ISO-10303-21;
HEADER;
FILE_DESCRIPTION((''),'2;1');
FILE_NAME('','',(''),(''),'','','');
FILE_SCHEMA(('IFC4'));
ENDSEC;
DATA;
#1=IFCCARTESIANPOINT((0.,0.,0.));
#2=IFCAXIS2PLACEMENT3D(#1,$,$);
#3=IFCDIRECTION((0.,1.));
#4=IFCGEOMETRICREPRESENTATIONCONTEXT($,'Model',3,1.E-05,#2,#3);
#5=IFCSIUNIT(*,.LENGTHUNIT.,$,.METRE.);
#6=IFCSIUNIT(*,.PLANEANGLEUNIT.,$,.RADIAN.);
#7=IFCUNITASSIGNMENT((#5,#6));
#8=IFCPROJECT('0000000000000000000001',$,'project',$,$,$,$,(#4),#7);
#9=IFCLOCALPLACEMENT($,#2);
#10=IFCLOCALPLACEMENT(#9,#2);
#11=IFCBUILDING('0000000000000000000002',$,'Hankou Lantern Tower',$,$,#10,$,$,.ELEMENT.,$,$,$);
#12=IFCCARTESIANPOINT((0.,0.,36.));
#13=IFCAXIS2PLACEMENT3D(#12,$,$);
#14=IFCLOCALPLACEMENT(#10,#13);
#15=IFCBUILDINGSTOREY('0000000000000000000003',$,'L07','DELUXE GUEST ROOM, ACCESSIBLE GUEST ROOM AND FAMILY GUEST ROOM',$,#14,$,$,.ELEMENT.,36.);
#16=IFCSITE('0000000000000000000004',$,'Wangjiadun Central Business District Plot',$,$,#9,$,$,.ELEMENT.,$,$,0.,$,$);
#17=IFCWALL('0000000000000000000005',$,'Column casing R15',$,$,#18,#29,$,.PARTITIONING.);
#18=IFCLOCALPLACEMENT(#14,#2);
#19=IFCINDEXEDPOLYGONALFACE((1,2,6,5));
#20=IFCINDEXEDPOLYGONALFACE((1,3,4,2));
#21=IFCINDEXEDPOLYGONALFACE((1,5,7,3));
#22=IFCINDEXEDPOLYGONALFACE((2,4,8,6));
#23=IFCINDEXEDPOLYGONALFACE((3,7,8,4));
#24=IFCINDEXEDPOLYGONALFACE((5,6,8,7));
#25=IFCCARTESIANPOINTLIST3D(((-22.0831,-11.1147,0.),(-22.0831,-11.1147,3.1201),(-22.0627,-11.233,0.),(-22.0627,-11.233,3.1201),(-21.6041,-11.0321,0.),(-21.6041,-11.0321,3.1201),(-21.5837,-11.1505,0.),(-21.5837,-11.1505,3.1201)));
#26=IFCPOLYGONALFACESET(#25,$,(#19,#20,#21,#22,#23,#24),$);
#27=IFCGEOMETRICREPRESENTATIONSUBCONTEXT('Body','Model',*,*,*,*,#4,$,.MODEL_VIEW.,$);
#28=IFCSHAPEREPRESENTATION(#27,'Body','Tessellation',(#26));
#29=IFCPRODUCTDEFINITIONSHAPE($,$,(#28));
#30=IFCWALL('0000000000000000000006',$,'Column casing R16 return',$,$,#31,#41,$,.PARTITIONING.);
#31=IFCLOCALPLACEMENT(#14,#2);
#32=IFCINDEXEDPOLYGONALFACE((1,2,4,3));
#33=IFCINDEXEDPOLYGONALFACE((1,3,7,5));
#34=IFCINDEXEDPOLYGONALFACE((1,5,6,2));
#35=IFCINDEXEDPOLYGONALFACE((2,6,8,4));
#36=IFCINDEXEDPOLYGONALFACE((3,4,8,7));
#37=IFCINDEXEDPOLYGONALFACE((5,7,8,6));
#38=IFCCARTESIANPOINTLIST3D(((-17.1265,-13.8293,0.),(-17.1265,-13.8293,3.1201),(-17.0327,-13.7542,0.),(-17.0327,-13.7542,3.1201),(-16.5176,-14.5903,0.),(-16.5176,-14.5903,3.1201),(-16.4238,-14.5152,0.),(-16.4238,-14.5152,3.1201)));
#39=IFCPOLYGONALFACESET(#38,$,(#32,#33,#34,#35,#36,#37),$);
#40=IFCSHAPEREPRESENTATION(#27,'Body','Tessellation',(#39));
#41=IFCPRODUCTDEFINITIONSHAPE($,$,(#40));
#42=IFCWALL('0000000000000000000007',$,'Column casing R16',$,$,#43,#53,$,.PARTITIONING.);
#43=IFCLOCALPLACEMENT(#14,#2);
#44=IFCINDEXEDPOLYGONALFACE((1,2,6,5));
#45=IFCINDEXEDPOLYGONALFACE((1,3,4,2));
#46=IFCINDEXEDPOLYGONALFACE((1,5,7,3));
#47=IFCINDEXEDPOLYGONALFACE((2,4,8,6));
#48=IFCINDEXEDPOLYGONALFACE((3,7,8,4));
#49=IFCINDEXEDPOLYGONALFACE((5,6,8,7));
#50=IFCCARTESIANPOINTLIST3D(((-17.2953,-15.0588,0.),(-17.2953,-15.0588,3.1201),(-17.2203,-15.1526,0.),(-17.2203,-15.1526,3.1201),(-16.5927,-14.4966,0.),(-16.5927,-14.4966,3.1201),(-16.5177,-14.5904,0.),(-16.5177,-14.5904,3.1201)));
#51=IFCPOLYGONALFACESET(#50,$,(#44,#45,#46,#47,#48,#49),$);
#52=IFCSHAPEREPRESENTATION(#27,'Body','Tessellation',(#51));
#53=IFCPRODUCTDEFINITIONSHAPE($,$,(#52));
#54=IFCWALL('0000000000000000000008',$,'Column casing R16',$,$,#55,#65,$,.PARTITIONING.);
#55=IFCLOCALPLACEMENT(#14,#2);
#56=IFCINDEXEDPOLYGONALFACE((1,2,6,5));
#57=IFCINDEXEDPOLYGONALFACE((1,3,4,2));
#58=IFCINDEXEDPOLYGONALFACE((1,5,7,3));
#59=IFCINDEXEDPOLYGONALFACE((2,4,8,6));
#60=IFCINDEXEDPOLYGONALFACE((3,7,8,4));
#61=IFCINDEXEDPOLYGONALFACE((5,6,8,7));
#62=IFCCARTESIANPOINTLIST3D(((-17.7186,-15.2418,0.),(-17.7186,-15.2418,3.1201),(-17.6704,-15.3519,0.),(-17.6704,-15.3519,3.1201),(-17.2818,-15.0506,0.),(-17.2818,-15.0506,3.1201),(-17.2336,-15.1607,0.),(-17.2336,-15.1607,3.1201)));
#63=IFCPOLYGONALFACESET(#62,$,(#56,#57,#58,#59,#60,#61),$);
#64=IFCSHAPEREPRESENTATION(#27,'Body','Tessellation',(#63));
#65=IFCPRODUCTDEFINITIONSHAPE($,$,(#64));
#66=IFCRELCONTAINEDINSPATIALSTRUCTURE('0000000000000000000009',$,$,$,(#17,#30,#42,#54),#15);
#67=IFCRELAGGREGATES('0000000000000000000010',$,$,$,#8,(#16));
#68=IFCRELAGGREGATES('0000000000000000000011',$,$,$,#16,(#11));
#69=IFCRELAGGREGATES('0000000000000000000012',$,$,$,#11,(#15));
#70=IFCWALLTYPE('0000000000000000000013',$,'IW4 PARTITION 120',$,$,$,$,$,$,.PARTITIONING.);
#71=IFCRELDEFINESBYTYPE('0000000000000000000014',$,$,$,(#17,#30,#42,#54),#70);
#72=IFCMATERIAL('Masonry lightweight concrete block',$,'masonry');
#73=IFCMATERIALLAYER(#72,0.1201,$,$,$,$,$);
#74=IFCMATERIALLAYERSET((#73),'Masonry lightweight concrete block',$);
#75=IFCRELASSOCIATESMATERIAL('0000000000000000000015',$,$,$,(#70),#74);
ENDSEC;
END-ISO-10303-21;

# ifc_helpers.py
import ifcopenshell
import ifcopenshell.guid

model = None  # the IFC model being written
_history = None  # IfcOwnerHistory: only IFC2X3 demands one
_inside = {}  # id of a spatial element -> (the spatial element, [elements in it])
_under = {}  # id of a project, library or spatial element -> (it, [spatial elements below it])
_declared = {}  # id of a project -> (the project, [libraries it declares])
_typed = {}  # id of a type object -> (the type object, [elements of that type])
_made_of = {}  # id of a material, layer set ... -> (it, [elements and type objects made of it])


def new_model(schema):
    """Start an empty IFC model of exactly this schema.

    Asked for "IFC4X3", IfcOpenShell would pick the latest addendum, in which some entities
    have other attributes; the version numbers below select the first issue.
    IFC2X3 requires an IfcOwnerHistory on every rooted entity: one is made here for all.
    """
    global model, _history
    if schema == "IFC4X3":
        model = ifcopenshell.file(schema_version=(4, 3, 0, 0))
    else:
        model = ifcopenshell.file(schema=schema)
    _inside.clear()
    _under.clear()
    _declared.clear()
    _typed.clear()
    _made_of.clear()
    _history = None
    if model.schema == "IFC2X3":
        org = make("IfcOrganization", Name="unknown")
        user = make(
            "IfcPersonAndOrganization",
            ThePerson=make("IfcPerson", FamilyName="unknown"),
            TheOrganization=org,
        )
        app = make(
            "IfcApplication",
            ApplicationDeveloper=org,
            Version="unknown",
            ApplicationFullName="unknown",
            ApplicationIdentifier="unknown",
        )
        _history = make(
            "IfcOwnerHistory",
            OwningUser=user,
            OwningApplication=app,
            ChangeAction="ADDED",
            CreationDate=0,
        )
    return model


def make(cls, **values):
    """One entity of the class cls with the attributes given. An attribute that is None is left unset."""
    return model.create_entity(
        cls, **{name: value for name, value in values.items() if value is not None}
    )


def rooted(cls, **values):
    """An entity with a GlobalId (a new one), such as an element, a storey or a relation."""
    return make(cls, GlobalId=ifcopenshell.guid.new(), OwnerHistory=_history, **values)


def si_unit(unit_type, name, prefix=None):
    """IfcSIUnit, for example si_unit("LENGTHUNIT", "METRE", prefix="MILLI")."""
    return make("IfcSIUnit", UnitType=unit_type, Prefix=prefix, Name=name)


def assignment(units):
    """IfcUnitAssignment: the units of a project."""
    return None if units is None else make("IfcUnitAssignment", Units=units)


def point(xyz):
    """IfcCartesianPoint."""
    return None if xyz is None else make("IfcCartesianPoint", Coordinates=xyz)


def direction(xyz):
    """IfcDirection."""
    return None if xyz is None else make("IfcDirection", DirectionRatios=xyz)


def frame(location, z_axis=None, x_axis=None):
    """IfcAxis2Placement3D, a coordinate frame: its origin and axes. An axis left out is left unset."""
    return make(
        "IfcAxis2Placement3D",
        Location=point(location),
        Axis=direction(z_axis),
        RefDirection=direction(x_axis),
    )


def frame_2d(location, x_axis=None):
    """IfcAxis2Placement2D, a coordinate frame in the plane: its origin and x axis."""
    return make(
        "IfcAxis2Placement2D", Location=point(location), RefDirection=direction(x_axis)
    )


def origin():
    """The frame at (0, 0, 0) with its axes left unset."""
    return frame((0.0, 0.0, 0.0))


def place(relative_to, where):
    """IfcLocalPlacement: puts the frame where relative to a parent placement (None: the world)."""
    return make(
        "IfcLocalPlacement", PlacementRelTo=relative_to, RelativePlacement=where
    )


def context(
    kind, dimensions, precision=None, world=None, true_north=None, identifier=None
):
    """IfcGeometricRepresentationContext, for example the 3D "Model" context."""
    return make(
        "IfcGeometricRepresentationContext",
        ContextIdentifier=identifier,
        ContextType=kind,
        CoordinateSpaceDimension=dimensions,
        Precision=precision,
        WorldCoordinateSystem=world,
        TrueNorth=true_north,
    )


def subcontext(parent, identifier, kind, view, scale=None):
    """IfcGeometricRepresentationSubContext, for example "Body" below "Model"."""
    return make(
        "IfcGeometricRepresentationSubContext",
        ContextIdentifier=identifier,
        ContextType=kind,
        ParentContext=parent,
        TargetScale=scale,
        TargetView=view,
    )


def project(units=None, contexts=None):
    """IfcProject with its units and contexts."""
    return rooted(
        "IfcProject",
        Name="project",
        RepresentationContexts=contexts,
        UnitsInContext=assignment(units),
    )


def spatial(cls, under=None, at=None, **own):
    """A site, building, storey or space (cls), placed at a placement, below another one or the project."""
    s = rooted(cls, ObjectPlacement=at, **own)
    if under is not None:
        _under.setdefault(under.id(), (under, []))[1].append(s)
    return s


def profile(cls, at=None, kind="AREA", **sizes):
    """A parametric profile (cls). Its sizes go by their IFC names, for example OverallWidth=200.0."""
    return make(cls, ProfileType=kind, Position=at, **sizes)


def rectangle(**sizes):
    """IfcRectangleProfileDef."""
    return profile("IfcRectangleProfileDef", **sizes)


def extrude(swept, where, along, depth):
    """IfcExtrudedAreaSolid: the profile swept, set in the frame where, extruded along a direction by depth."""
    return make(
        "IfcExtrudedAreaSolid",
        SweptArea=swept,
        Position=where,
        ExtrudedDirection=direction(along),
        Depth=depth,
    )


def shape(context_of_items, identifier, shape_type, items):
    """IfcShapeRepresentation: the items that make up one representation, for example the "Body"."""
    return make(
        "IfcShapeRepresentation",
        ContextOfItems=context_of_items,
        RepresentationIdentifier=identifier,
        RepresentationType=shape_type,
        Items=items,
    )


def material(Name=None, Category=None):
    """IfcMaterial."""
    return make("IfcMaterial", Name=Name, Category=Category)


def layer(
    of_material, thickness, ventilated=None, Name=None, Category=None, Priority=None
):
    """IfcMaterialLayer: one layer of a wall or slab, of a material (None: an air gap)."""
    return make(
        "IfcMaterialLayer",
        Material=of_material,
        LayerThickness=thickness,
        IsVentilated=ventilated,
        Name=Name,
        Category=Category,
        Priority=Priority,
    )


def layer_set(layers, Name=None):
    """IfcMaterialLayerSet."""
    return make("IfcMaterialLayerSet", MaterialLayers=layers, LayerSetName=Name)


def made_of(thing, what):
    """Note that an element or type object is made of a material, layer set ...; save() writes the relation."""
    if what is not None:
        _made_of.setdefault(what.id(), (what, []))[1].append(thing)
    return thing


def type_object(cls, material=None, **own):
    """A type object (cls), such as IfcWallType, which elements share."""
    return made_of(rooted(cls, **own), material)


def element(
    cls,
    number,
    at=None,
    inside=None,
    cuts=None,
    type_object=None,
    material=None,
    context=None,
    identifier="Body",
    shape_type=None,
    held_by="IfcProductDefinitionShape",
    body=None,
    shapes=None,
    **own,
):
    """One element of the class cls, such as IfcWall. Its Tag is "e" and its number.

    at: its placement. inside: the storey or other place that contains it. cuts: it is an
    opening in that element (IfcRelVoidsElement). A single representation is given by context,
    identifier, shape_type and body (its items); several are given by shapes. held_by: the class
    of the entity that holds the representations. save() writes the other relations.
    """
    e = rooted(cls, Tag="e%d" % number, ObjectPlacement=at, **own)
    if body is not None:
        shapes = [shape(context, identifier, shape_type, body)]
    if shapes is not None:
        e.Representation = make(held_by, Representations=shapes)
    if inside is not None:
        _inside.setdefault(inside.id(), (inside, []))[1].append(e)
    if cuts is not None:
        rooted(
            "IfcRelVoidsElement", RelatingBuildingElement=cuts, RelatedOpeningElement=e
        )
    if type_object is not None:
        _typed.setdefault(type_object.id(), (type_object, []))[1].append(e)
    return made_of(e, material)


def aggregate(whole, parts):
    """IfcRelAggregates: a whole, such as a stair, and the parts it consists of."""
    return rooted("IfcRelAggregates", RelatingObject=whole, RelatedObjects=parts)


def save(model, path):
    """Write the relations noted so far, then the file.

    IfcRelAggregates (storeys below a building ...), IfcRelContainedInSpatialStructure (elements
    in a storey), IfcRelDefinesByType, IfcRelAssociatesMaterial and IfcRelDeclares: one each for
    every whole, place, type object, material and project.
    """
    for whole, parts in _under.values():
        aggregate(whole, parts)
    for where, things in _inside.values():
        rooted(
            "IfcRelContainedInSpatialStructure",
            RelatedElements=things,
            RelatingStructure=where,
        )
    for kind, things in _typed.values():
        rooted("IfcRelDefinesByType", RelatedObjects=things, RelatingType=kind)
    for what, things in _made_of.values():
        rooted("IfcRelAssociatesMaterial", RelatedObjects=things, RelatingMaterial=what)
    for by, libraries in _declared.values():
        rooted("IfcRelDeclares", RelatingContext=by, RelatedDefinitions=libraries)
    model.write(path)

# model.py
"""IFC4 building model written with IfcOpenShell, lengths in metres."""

from ifc_helpers import new_model, si_unit, direction, frame, frame_2d, origin, place, context, subcontext, project, spatial, rectangle, extrude, material, layer, layer_set, type_object, element, save


model = new_model("IFC4")

# Units and contexts
model_context = context("Model", 3, precision=1e-05, world=origin(), true_north=direction((0.0, 1.0)))
body_context = subcontext(model_context, "Body", "Model", "MODEL_VIEW")
ifc_project = project(units=[si_unit("LENGTHUNIT", "METRE"), si_unit("PLANEANGLEUNIT", "RADIAN")], contexts=[model_context])

# Site, building, storey
site_placement = place(None, origin())
site = spatial("IfcSite", under=ifc_project, at=site_placement, Name="Wangjiadun Central Business District Plot", CompositionType="ELEMENT", RefElevation=0.0)
building_placement = place(site_placement, origin())
building = spatial("IfcBuilding", under=site, at=building_placement, Name="Hankou Lantern Tower", CompositionType="ELEMENT")
storey_placement = place(building_placement, frame((0.0, 0.0, 36.0)))
storey = spatial("IfcBuildingStorey", under=building, at=storey_placement, Name="L07", Description="DELUXE GUEST ROOM, ACCESSIBLE GUEST ROOM AND FAMILY GUEST ROOM", CompositionType="ELEMENT", Elevation=36.0)

# Walls
ifc_material_1 = material(Name="Masonry lightweight concrete block", Category="masonry")
ifc_layer_1 = layer(ifc_material_1, 0.1201)
ifc_layer_set_1 = layer_set([ifc_layer_1], Name="Masonry lightweight concrete block")
wall_type_1 = type_object("IfcWallType", Name="IW4 PARTITION 120", PredefinedType="PARTITIONING", material=ifc_layer_set_1)
wall_1_placement = place(storey_placement, frame((-21.5938, -11.0913, 0.0), z_axis=(0.0, 0.0, 1.0), x_axis=(-0.985483, -0.169772, 0.0)))
element("IfcWall", 1, at=wall_1_placement, inside=storey, type_object=wall_type_1, Name="Column casing R15", PredefinedType="PARTITIONING", context=body_context, shape_type="SweptSolid", body=[
    extrude(rectangle(XDim=0.4861, YDim=0.1201, at=frame_2d((0.2432, 0.0))), origin(), (0.0, 0.0, 1.0), 3.1201),
])
wall_2_placement = place(storey_placement, frame((-17.0796, -13.7917, 0.0), z_axis=(0.0, 0.0, 1.0), x_axis=(0.624756, -0.78082, 0.0)))
element("IfcWall", 2, at=wall_2_placement, inside=storey, type_object=wall_type_1, Name="Column casing R16 return", PredefinedType="PARTITIONING", context=body_context, shape_type="SweptSolid", body=[
    extrude(rectangle(XDim=0.9746, YDim=0.1201, at=frame_2d((0.4873, 0.0))), origin(), (0.0, 0.0, 1.0), 3.1201),
])
wall_3_placement = place(storey_placement, frame((-16.5552, -14.5435, 0.0), z_axis=(0.0, 0.0, 1.0), x_axis=(-0.780789, -0.624794, 0.0)))
element("IfcWall", 3, at=wall_3_placement, inside=storey, type_object=wall_type_1, Name="Column casing R16", PredefinedType="PARTITIONING", context=body_context, shape_type="SweptSolid", body=[
    extrude(rectangle(XDim=0.8999, YDim=0.1201, at=frame_2d((0.45, 0.0))), origin(), (0.0, 0.0, 1.0), 3.1201),
])
wall_4_placement = place(storey_placement, frame((-17.2578, -15.1057, 0.0), z_axis=(0.0, 0.0, 1.0), x_axis=(-0.916099, -0.400953, 0.0)))
element("IfcWall", 4, at=wall_4_placement, inside=storey, type_object=wall_type_1, Name="Column casing R16", PredefinedType="PARTITIONING", context=body_context, shape_type="SweptSolid", body=[
    extrude(rectangle(XDim=0.4768, YDim=0.1201, at=frame_2d((0.2383, 0.0))), origin(), (0.0, 0.0, 1.0), 3.1201),
])

save(model, "model.ifc")
